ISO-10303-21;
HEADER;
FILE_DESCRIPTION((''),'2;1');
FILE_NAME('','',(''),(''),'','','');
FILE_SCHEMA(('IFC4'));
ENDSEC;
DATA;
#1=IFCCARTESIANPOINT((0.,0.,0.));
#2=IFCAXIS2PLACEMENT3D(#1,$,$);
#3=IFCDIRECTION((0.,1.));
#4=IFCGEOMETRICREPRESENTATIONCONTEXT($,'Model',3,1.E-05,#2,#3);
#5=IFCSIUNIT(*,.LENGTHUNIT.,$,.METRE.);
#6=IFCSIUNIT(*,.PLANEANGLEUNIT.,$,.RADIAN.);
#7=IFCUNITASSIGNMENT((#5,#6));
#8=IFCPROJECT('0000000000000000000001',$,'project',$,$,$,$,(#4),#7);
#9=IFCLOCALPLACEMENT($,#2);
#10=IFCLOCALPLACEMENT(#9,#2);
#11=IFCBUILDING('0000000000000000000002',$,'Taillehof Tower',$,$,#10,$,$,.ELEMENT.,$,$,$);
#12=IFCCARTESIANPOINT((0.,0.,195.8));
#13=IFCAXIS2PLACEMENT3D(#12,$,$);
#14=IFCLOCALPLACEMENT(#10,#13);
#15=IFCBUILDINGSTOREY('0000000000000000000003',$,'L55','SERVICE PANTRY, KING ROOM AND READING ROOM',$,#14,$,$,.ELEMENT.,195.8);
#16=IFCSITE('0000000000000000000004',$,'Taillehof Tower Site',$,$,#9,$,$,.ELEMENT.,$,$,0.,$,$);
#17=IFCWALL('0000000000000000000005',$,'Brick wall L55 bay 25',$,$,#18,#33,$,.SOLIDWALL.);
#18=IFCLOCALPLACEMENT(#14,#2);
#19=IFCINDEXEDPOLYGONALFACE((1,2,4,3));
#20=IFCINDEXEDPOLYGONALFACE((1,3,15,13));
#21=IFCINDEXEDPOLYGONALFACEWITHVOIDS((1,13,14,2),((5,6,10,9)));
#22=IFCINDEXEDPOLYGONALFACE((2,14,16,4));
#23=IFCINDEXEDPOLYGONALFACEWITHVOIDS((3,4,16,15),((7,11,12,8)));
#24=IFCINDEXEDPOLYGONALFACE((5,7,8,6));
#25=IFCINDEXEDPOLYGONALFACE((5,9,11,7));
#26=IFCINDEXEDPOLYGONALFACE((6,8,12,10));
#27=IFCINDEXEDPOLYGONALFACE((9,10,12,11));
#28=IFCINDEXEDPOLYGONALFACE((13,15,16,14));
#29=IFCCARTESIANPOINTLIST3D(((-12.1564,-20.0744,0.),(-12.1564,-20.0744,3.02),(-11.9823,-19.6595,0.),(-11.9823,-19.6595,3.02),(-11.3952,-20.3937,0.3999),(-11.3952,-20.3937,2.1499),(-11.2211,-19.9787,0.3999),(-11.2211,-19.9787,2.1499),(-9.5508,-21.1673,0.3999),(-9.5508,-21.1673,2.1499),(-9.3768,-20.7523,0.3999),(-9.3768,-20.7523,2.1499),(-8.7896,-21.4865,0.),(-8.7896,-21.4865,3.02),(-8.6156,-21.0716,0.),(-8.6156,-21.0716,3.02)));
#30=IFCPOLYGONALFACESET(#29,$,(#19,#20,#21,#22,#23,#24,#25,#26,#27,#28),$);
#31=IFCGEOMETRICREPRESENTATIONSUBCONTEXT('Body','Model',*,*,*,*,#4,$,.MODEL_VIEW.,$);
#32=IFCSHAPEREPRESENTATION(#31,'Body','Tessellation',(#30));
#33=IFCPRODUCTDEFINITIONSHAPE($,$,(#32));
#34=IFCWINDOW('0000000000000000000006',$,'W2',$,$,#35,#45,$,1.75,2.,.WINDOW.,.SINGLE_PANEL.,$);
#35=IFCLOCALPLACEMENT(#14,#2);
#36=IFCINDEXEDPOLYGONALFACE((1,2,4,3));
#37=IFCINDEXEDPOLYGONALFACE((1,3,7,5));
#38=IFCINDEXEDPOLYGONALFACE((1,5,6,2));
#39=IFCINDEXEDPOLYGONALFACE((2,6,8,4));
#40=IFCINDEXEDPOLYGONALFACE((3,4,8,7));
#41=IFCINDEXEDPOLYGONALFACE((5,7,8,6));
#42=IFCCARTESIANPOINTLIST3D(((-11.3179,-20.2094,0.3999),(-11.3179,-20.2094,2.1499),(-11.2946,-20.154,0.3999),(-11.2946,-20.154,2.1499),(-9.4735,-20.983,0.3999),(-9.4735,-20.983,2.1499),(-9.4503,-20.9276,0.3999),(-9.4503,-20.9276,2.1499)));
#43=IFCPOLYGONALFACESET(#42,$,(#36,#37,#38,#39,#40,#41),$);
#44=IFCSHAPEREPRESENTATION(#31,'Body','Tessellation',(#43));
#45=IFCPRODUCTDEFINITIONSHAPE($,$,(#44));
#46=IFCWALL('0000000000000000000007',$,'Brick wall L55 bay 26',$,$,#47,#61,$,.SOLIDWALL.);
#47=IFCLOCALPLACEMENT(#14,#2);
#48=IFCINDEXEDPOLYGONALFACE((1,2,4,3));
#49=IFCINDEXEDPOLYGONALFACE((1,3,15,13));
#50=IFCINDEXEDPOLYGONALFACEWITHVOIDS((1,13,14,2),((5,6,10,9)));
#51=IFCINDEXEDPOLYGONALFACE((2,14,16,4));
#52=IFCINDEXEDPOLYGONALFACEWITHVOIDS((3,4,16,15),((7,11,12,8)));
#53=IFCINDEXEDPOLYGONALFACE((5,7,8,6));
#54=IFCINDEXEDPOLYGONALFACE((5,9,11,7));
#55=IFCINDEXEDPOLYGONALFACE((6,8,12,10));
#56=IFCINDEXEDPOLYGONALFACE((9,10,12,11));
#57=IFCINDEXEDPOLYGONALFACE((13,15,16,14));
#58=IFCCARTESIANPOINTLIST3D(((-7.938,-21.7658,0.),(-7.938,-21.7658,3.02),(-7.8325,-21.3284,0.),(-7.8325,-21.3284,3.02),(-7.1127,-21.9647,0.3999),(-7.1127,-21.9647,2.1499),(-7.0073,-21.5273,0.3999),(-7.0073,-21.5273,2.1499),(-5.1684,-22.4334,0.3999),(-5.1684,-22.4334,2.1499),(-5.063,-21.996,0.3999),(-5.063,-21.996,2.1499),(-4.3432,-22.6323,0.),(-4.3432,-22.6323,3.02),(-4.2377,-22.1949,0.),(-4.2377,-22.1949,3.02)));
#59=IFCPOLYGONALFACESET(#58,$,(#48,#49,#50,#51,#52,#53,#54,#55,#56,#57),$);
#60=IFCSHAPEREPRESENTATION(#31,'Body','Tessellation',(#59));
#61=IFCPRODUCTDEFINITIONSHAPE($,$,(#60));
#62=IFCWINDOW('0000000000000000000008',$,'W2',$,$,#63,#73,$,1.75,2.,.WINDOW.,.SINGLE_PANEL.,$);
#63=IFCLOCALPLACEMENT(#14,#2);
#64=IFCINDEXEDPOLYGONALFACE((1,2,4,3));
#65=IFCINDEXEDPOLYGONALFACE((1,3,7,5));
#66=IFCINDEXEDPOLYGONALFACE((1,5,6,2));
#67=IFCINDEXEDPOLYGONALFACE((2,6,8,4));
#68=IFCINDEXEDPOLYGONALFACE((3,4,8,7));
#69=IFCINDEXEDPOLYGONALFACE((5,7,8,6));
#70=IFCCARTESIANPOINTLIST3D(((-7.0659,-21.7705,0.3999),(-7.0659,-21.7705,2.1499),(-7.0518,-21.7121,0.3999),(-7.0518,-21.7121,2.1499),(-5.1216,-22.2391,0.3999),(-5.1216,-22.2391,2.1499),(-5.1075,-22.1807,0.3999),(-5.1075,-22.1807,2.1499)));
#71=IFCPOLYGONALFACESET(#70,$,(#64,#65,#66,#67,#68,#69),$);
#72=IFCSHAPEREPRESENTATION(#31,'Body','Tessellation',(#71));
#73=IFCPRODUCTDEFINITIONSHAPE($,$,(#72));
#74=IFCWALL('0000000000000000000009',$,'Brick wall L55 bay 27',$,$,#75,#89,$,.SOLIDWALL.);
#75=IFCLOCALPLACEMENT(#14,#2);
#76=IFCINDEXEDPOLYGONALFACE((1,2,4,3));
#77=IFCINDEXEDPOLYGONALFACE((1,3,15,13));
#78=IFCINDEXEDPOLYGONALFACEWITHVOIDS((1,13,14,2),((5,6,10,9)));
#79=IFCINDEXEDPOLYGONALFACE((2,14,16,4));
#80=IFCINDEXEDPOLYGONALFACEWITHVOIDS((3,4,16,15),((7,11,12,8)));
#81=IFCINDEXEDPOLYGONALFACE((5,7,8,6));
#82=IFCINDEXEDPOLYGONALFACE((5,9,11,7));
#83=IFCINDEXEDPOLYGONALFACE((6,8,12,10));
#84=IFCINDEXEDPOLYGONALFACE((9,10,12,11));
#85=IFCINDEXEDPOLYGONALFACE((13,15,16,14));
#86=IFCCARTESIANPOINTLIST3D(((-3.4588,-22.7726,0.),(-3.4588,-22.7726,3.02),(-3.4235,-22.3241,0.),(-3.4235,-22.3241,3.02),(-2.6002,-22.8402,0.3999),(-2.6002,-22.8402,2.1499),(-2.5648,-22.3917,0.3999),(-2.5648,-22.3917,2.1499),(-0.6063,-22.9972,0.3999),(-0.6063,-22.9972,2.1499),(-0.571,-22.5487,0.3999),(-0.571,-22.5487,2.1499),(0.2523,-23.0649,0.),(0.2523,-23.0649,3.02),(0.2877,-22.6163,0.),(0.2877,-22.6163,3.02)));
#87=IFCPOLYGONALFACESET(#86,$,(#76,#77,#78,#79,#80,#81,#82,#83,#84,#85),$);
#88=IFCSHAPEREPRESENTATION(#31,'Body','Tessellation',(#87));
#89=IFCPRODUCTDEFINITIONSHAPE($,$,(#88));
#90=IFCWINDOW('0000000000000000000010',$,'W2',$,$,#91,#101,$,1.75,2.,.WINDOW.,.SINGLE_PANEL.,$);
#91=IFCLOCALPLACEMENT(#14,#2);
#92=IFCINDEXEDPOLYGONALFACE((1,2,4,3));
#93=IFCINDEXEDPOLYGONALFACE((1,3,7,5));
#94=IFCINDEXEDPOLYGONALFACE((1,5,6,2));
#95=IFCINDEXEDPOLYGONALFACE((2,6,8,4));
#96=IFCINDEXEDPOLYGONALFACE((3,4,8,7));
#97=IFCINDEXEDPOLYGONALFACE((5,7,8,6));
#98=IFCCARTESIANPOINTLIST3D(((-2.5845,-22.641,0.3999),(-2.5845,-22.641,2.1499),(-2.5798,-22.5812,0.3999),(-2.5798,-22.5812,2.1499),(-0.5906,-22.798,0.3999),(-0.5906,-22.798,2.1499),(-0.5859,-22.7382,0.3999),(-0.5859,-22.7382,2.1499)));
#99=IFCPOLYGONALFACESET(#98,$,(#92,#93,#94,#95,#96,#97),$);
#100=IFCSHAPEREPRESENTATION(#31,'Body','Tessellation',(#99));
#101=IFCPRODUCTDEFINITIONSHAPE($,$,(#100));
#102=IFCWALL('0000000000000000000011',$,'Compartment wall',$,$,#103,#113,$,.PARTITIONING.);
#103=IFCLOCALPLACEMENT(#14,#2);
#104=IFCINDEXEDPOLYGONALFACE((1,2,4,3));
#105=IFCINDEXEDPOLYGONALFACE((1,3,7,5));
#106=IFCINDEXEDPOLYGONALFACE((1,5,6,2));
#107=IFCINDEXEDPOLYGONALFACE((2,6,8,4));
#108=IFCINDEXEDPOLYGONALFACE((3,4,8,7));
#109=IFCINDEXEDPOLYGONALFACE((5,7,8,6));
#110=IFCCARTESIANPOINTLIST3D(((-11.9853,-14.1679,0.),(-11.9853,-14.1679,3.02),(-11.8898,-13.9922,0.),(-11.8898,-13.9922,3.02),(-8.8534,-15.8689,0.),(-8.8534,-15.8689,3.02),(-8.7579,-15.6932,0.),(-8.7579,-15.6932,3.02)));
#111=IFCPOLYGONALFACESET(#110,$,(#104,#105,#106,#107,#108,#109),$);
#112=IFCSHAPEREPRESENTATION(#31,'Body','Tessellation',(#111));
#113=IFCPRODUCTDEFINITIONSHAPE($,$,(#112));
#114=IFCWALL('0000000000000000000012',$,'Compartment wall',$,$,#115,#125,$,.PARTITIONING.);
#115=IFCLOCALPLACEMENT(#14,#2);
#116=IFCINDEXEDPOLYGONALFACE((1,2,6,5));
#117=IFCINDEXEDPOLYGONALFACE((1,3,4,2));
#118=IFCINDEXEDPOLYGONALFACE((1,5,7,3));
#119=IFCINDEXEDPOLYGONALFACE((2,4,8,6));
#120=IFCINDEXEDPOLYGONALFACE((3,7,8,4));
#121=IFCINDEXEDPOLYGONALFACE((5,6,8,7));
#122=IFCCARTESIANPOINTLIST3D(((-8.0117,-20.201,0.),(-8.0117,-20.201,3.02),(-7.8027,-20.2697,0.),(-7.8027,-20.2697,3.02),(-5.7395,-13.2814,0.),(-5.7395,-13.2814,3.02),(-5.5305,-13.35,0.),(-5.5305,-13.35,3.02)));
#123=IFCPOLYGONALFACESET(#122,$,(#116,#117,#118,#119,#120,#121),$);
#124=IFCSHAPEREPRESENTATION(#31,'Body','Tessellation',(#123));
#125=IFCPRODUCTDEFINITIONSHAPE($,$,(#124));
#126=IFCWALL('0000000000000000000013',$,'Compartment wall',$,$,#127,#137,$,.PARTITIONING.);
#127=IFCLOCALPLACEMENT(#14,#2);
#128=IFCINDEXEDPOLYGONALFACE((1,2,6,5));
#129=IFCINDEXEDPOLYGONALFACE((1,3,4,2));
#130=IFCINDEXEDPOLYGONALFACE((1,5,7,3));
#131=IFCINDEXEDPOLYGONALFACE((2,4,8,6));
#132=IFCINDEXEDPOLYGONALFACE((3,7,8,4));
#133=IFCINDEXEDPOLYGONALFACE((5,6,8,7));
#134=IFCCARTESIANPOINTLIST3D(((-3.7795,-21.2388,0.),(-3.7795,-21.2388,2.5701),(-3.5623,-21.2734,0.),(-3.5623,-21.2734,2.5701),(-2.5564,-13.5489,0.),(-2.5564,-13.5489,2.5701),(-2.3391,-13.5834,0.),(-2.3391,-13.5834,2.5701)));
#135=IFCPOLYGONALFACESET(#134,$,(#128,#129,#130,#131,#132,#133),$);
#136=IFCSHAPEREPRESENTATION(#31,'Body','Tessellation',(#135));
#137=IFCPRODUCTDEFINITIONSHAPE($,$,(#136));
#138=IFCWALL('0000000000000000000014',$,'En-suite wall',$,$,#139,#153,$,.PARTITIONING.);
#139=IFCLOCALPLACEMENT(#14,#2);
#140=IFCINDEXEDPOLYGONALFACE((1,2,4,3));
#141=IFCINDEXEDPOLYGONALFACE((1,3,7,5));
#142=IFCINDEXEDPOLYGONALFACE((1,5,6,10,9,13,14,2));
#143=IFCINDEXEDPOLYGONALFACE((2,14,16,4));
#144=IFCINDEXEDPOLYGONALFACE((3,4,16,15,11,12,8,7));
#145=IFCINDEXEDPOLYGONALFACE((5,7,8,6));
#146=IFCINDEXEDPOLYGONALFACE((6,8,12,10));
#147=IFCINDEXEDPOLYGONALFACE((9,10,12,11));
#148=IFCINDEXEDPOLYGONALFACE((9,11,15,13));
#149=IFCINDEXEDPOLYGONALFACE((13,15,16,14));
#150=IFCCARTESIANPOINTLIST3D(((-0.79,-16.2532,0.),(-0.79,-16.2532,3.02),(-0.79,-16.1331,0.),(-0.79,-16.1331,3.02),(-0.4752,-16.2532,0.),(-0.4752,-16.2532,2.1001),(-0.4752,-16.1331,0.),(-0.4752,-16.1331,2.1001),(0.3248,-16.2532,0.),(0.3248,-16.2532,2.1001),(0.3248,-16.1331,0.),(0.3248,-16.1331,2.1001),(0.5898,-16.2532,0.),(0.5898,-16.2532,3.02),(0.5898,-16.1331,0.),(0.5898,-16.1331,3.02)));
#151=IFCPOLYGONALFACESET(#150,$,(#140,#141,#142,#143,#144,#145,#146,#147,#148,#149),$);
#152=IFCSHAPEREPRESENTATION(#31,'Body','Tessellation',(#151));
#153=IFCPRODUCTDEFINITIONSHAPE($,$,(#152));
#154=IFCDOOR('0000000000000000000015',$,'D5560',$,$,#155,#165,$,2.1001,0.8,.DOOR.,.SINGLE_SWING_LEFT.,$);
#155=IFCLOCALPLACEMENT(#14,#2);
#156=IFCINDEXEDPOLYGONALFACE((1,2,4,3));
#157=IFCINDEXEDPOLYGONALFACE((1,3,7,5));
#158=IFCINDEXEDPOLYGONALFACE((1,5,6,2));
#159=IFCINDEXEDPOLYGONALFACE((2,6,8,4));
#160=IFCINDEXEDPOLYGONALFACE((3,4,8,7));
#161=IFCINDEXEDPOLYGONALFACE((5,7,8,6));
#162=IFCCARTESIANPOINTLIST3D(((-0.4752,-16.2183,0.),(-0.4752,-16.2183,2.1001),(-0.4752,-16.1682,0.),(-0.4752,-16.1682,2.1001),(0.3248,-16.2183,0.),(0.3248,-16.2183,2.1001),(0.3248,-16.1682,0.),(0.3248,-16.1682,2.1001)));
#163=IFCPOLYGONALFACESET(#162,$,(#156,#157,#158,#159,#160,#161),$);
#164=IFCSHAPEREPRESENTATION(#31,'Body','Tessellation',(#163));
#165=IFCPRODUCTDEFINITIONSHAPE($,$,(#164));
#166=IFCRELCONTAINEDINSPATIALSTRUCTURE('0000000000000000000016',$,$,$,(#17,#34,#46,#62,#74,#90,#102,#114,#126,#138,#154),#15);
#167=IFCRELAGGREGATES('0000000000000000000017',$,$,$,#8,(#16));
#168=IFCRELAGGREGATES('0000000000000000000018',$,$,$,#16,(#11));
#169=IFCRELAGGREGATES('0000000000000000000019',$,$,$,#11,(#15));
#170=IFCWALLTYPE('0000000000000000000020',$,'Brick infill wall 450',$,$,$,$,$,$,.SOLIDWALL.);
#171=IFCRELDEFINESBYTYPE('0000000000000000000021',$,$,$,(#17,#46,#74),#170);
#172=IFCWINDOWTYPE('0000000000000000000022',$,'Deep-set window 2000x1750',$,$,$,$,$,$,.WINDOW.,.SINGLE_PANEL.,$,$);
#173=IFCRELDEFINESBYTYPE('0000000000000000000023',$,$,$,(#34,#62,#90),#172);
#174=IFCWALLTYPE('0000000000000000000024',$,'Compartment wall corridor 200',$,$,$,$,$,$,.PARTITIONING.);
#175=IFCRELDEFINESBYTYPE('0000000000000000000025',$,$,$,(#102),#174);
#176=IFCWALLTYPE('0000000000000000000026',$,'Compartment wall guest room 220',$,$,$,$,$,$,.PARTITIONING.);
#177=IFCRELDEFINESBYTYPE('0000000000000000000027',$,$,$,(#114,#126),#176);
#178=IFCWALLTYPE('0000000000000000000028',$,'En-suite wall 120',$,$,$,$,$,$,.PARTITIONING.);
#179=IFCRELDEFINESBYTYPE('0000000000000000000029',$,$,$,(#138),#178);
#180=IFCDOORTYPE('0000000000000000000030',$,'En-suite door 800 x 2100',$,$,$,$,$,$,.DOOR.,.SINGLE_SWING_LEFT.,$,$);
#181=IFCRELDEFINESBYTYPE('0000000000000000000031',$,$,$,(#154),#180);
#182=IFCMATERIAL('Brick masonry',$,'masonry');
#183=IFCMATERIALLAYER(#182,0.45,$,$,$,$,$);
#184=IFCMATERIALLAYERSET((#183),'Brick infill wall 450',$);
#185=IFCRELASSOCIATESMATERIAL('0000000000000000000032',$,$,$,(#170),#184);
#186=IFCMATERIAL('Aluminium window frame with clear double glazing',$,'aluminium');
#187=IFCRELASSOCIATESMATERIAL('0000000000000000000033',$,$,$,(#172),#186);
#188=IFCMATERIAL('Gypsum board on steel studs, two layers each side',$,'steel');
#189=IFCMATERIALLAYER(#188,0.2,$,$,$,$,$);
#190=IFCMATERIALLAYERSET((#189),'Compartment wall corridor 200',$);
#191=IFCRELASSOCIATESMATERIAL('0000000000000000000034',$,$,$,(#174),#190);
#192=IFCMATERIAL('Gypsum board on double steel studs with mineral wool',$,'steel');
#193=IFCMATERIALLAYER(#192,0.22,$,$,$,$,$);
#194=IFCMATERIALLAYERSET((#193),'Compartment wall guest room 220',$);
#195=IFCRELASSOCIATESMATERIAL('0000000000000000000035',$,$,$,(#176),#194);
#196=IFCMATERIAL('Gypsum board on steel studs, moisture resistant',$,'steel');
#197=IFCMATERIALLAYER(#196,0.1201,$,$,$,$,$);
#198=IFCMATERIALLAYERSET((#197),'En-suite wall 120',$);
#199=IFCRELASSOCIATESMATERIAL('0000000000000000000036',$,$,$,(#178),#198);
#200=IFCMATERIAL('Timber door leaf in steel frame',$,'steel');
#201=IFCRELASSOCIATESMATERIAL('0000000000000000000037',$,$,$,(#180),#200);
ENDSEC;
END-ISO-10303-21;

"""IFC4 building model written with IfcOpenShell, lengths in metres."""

from ifc_helpers import new_model, si_unit, direction, frame, frame_2d, origin, place, context, subcontext, project, spatial, rectangle, extrude, material, layer, layer_set, type_object, element, fill, save


model = new_model("IFC4")

# Units and contexts
model_context = context("Model", 3, precision=1e-05, world=origin(), true_north=direction((0.0, 1.0)))
body_context = subcontext(model_context, "Body", "Model", "MODEL_VIEW")
ifc_project = project(units=[si_unit("LENGTHUNIT", "METRE"), si_unit("PLANEANGLEUNIT", "RADIAN")], contexts=[model_context])

# Site, building, storey
site_placement = place(None, origin())
site = spatial("IfcSite", under=ifc_project, at=site_placement, Name="Taillehof Tower Site", CompositionType="ELEMENT", RefElevation=0.0)
building_placement = place(site_placement, origin())
building = spatial("IfcBuilding", under=site, at=building_placement, Name="Taillehof Tower", CompositionType="ELEMENT")
storey_placement = place(building_placement, frame((0.0, 0.0, 195.8)))
storey = spatial("IfcBuildingStorey", under=building, at=storey_placement, Name="L55", Description="SERVICE PANTRY, KING ROOM AND READING ROOM", CompositionType="ELEMENT", Elevation=195.8)

# Walls, openings, windows
ifc_material_1 = material(Name="Brick masonry", Category="masonry")
ifc_layer_1 = layer(ifc_material_1, 0.45)
ifc_layer_set_1 = layer_set([ifc_layer_1], Name="Brick infill wall 450")
wall_type_1 = type_object("IfcWallType", Name="Brick infill wall 450", PredefinedType="SOLIDWALL", material=ifc_layer_set_1)
wall_1_placement = place(storey_placement, frame((-12.0693, -19.8669, 0.0), z_axis=(0.0, 0.0, 1.0), x_axis=(0.922168, -0.386789, 0.0)))
wall_1 = element("IfcWall", 1, at=wall_1_placement, inside=storey, type_object=wall_type_1, Name="Brick wall L55 bay 25", PredefinedType="SOLIDWALL", context=body_context, shape_type="SweptSolid", body=[
    extrude(rectangle(XDim=3.6509, YDim=0.45, at=frame_2d((1.8254, 0.0))), origin(), (0.0, 0.0, 1.0), 3.02),
])
opening_1_placement = place(wall_1_placement, frame((0.8254, 0.0, 0.3999)))
opening_1 = element("IfcOpeningElement", 2, at=opening_1_placement, cuts=wall_1, PredefinedType="OPENING", context=body_context, shape_type="SweptSolid", body=[
    extrude(rectangle(XDim=2.0, YDim=1.75, at=frame_2d((1.0, 0.875))), frame((0.0, 0.2349, 0.0), z_axis=(0.0, -1.0, 0.0), x_axis=(1.0, 0.0, 0.0)), (0.0, 0.0, 1.0), 0.47),
])
ifc_material_2 = material(Name="Aluminium window frame with clear double glazing", Category="aluminium")
window_type = type_object("IfcWindowType", Name="Deep-set window 2000x1750", PartitioningType="SINGLE_PANEL", PredefinedType="WINDOW", material=ifc_material_2)
window_1_placement = place(opening_1_placement, origin())
window_1 = element("IfcWindow", 3, at=window_1_placement, inside=storey, type_object=window_type, Name="W2", OverallHeight=1.75, OverallWidth=2.0, PartitioningType="SINGLE_PANEL", PredefinedType="WINDOW", context=body_context, shape_type="SweptSolid", body=[
    extrude(rectangle(XDim=2.0, YDim=1.75, at=frame_2d((1.0, 0.875))), frame((0.0, 0.0349, 0.0), z_axis=(0.0, -1.0, 0.0), x_axis=(1.0, 0.0, 0.0)), (0.0, 0.0, 1.0), 0.0601),
])
fill(opening_1, window_1)
wall_2_placement = place(storey_placement, frame((-7.8853, -21.5471, 0.0), z_axis=(0.0, 0.0, 1.0), x_axis=(0.972158, -0.234324, 0.0)))
wall_2 = element("IfcWall", 4, at=wall_2_placement, inside=storey, type_object=wall_type_1, Name="Brick wall L55 bay 26", PredefinedType="SOLIDWALL", context=body_context, shape_type="SweptSolid", body=[
    extrude(rectangle(XDim=3.6978, YDim=0.45, at=frame_2d((1.8489, 0.0))), origin(), (0.0, 0.0, 1.0), 3.02),
])
opening_2_placement = place(wall_2_placement, frame((0.8489, 0.0, 0.3999)))
opening_2 = element("IfcOpeningElement", 5, at=opening_2_placement, cuts=wall_2, PredefinedType="OPENING", context=body_context, shape_type="SweptSolid", body=[
    extrude(rectangle(XDim=2.0, YDim=1.75, at=frame_2d((1.0, 0.875))), frame((0.0, 0.2349, 0.0), z_axis=(0.0, -1.0, 0.0), x_axis=(1.0, 0.0, 0.0)), (0.0, 0.0, 1.0), 0.47),
])
window_2_placement = place(opening_2_placement, origin())
window_2 = element("IfcWindow", 6, at=window_2_placement, inside=storey, type_object=window_type, Name="W2", OverallHeight=1.75, OverallWidth=2.0, PartitioningType="SINGLE_PANEL", PredefinedType="WINDOW", context=body_context, shape_type="SweptSolid", body=[
    extrude(rectangle(XDim=2.0, YDim=1.75, at=frame_2d((1.0, 0.875))), frame((0.0, 0.0349, 0.0), z_axis=(0.0, -1.0, 0.0), x_axis=(1.0, 0.0, 0.0)), (0.0, 0.0, 1.0), 0.0601),
])
fill(opening_2, window_2)
wall_3_placement = place(storey_placement, frame((-3.4412, -22.5483, 0.0), z_axis=(0.0, 0.0, 1.0), x_axis=(0.996914, -0.078502, 0.0)))
wall_3 = element("IfcWall", 7, at=wall_3_placement, inside=storey, type_object=wall_type_1, Name="Brick wall L55 bay 27", PredefinedType="SOLIDWALL", context=body_context, shape_type="SweptSolid", body=[
    extrude(rectangle(XDim=3.7227, YDim=0.45, at=frame_2d((1.8613, 0.0))), origin(), (0.0, 0.0, 1.0), 3.02),
])
opening_3_placement = place(wall_3_placement, frame((0.8613, 0.0, 0.3999)))
opening_3 = element("IfcOpeningElement", 8, at=opening_3_placement, cuts=wall_3, PredefinedType="OPENING", context=body_context, shape_type="SweptSolid", body=[
    extrude(rectangle(XDim=2.0, YDim=1.75, at=frame_2d((1.0, 0.875))), frame((0.0, 0.2349, 0.0), z_axis=(0.0, -1.0, 0.0), x_axis=(1.0, 0.0, 0.0)), (0.0, 0.0, 1.0), 0.47),
])
window_3_placement = place(opening_3_placement, origin())
window_3 = element("IfcWindow", 9, at=window_3_placement, inside=storey, type_object=window_type, Name="W2", OverallHeight=1.75, OverallWidth=2.0, PartitioningType="SINGLE_PANEL", PredefinedType="WINDOW", context=body_context, shape_type="SweptSolid", body=[
    extrude(rectangle(XDim=2.0, YDim=1.75, at=frame_2d((1.0, 0.875))), frame((0.0, 0.0349, 0.0), z_axis=(0.0, -1.0, 0.0), x_axis=(1.0, 0.0, 0.0)), (0.0, 0.0, 1.0), 0.0601),
])
fill(opening_3, window_3)

# Walls
ifc_material_3 = material(Name="Gypsum board on steel studs, two layers each side", Category="steel")
ifc_layer_2 = layer(ifc_material_3, 0.2)
ifc_layer_set_2 = layer_set([ifc_layer_2], Name="Compartment wall corridor 200")
wall_type_2 = type_object("IfcWallType", Name="Compartment wall corridor 200", PredefinedType="PARTITIONING", material=ifc_layer_set_2)
wall_4_placement = place(storey_placement, frame((-8.8057, -15.781, 0.0), z_axis=(0.0, 0.0, 1.0), x_axis=(-0.878761, 0.477263, 0.0)))
element("IfcWall", 10, at=wall_4_placement, inside=storey, type_object=wall_type_2, Name="Compartment wall", PredefinedType="PARTITIONING", context=body_context, shape_type="SweptSolid", body=[
    extrude(rectangle(XDim=3.564, YDim=0.2, at=frame_2d((1.782, 0.0))), origin(), (0.0, 0.0, 1.0), 3.02),
])
ifc_material_4 = material(Name="Gypsum board on double steel studs with mineral wool", Category="steel")
ifc_layer_3 = layer(ifc_material_4, 0.22)
ifc_layer_set_3 = layer_set([ifc_layer_3], Name="Compartment wall guest room 220")
wall_type_3 = type_object("IfcWallType", Name="Compartment wall guest room 220", PredefinedType="PARTITIONING", material=ifc_layer_set_3)
wall_5_placement = place(storey_placement, frame((-7.9072, -20.2354, 0.0), z_axis=(0.0, 0.0, 1.0), x_axis=(0.311981, 0.950088, 0.0)))
element("IfcWall", 11, at=wall_5_placement, inside=storey, type_object=wall_type_3, Name="Compartment wall", PredefinedType="PARTITIONING", context=body_context, shape_type="SweptSolid", body=[
    extrude(rectangle(XDim=7.2832, YDim=0.22, at=frame_2d((3.6416, 0.0))), origin(), (0.0, 0.0, 1.0), 3.02),
])
wall_6_placement = place(storey_placement, frame((-3.6709, -21.2561, 0.0), z_axis=(0.0, 0.0, 1.0), x_axis=(0.157083, 0.987585, 0.0)))
element("IfcWall", 12, at=wall_6_placement, inside=storey, type_object=wall_type_3, Name="Compartment wall", PredefinedType="PARTITIONING", context=body_context, shape_type="SweptSolid", body=[
    extrude(rectangle(XDim=7.7866, YDim=0.22, at=frame_2d((3.8933, 0.0))), origin(), (0.0, 0.0, 1.0), 2.5701),
])

# Wall, opening, door
ifc_material_5 = material(Name="Gypsum board on steel studs, moisture resistant", Category="steel")
ifc_layer_4 = layer(ifc_material_5, 0.1201)
ifc_layer_set_4 = layer_set([ifc_layer_4], Name="En-suite wall 120")
wall_type_4 = type_object("IfcWallType", Name="En-suite wall 120", PredefinedType="PARTITIONING", material=ifc_layer_set_4)
wall_7_placement = place(storey_placement, frame((-0.79, -16.1931, 0.0), z_axis=(0.0, 0.0, 1.0), x_axis=(1.0, 0.0, 0.0)))
wall_7 = element("IfcWall", 13, at=wall_7_placement, inside=storey, type_object=wall_type_4, Name="En-suite wall", PredefinedType="PARTITIONING", context=body_context, shape_type="SweptSolid", body=[
    extrude(rectangle(XDim=1.3799, YDim=0.1201, at=frame_2d((0.6899, 0.0))), origin(), (0.0, 0.0, 1.0), 3.02),
])
opening_4_placement = place(wall_7_placement, frame((0.3149, 0.0, 0.0)))
opening_4 = element("IfcOpeningElement", 14, at=opening_4_placement, cuts=wall_7, PredefinedType="OPENING", context=body_context, shape_type="SweptSolid", body=[
    extrude(rectangle(XDim=0.8, YDim=2.1001, at=frame_2d((0.3999, 1.05))), frame((0.0, 0.0701, 0.0), z_axis=(0.0, -1.0, 0.0), x_axis=(1.0, 0.0, 0.0)), (0.0, 0.0, 1.0), 0.1401),
])
ifc_material_6 = material(Name="Timber door leaf in steel frame", Category="steel")
door_type_1 = type_object("IfcDoorType", Name="En-suite door 800 x 2100", OperationType="SINGLE_SWING_LEFT", PredefinedType="DOOR", material=ifc_material_6)
door_1_placement = place(opening_4_placement, origin())
door_1 = element("IfcDoor", 15, at=door_1_placement, inside=storey, type_object=door_type_1, Name="D5560", OperationType="SINGLE_SWING_LEFT", OverallHeight=2.1001, OverallWidth=0.8, PredefinedType="DOOR", context=body_context, shape_type="SweptSolid", body=[
    extrude(rectangle(XDim=0.8, YDim=2.1001, at=frame_2d((0.3999, 1.05))), frame((0.0, 0.0249, 0.0), z_axis=(0.0, -1.0, 0.0), x_axis=(1.0, 0.0, 0.0)), (0.0, 0.0, 1.0), 0.05),
])
fill(opening_4, door_1)

save(model, "model.ifc")
